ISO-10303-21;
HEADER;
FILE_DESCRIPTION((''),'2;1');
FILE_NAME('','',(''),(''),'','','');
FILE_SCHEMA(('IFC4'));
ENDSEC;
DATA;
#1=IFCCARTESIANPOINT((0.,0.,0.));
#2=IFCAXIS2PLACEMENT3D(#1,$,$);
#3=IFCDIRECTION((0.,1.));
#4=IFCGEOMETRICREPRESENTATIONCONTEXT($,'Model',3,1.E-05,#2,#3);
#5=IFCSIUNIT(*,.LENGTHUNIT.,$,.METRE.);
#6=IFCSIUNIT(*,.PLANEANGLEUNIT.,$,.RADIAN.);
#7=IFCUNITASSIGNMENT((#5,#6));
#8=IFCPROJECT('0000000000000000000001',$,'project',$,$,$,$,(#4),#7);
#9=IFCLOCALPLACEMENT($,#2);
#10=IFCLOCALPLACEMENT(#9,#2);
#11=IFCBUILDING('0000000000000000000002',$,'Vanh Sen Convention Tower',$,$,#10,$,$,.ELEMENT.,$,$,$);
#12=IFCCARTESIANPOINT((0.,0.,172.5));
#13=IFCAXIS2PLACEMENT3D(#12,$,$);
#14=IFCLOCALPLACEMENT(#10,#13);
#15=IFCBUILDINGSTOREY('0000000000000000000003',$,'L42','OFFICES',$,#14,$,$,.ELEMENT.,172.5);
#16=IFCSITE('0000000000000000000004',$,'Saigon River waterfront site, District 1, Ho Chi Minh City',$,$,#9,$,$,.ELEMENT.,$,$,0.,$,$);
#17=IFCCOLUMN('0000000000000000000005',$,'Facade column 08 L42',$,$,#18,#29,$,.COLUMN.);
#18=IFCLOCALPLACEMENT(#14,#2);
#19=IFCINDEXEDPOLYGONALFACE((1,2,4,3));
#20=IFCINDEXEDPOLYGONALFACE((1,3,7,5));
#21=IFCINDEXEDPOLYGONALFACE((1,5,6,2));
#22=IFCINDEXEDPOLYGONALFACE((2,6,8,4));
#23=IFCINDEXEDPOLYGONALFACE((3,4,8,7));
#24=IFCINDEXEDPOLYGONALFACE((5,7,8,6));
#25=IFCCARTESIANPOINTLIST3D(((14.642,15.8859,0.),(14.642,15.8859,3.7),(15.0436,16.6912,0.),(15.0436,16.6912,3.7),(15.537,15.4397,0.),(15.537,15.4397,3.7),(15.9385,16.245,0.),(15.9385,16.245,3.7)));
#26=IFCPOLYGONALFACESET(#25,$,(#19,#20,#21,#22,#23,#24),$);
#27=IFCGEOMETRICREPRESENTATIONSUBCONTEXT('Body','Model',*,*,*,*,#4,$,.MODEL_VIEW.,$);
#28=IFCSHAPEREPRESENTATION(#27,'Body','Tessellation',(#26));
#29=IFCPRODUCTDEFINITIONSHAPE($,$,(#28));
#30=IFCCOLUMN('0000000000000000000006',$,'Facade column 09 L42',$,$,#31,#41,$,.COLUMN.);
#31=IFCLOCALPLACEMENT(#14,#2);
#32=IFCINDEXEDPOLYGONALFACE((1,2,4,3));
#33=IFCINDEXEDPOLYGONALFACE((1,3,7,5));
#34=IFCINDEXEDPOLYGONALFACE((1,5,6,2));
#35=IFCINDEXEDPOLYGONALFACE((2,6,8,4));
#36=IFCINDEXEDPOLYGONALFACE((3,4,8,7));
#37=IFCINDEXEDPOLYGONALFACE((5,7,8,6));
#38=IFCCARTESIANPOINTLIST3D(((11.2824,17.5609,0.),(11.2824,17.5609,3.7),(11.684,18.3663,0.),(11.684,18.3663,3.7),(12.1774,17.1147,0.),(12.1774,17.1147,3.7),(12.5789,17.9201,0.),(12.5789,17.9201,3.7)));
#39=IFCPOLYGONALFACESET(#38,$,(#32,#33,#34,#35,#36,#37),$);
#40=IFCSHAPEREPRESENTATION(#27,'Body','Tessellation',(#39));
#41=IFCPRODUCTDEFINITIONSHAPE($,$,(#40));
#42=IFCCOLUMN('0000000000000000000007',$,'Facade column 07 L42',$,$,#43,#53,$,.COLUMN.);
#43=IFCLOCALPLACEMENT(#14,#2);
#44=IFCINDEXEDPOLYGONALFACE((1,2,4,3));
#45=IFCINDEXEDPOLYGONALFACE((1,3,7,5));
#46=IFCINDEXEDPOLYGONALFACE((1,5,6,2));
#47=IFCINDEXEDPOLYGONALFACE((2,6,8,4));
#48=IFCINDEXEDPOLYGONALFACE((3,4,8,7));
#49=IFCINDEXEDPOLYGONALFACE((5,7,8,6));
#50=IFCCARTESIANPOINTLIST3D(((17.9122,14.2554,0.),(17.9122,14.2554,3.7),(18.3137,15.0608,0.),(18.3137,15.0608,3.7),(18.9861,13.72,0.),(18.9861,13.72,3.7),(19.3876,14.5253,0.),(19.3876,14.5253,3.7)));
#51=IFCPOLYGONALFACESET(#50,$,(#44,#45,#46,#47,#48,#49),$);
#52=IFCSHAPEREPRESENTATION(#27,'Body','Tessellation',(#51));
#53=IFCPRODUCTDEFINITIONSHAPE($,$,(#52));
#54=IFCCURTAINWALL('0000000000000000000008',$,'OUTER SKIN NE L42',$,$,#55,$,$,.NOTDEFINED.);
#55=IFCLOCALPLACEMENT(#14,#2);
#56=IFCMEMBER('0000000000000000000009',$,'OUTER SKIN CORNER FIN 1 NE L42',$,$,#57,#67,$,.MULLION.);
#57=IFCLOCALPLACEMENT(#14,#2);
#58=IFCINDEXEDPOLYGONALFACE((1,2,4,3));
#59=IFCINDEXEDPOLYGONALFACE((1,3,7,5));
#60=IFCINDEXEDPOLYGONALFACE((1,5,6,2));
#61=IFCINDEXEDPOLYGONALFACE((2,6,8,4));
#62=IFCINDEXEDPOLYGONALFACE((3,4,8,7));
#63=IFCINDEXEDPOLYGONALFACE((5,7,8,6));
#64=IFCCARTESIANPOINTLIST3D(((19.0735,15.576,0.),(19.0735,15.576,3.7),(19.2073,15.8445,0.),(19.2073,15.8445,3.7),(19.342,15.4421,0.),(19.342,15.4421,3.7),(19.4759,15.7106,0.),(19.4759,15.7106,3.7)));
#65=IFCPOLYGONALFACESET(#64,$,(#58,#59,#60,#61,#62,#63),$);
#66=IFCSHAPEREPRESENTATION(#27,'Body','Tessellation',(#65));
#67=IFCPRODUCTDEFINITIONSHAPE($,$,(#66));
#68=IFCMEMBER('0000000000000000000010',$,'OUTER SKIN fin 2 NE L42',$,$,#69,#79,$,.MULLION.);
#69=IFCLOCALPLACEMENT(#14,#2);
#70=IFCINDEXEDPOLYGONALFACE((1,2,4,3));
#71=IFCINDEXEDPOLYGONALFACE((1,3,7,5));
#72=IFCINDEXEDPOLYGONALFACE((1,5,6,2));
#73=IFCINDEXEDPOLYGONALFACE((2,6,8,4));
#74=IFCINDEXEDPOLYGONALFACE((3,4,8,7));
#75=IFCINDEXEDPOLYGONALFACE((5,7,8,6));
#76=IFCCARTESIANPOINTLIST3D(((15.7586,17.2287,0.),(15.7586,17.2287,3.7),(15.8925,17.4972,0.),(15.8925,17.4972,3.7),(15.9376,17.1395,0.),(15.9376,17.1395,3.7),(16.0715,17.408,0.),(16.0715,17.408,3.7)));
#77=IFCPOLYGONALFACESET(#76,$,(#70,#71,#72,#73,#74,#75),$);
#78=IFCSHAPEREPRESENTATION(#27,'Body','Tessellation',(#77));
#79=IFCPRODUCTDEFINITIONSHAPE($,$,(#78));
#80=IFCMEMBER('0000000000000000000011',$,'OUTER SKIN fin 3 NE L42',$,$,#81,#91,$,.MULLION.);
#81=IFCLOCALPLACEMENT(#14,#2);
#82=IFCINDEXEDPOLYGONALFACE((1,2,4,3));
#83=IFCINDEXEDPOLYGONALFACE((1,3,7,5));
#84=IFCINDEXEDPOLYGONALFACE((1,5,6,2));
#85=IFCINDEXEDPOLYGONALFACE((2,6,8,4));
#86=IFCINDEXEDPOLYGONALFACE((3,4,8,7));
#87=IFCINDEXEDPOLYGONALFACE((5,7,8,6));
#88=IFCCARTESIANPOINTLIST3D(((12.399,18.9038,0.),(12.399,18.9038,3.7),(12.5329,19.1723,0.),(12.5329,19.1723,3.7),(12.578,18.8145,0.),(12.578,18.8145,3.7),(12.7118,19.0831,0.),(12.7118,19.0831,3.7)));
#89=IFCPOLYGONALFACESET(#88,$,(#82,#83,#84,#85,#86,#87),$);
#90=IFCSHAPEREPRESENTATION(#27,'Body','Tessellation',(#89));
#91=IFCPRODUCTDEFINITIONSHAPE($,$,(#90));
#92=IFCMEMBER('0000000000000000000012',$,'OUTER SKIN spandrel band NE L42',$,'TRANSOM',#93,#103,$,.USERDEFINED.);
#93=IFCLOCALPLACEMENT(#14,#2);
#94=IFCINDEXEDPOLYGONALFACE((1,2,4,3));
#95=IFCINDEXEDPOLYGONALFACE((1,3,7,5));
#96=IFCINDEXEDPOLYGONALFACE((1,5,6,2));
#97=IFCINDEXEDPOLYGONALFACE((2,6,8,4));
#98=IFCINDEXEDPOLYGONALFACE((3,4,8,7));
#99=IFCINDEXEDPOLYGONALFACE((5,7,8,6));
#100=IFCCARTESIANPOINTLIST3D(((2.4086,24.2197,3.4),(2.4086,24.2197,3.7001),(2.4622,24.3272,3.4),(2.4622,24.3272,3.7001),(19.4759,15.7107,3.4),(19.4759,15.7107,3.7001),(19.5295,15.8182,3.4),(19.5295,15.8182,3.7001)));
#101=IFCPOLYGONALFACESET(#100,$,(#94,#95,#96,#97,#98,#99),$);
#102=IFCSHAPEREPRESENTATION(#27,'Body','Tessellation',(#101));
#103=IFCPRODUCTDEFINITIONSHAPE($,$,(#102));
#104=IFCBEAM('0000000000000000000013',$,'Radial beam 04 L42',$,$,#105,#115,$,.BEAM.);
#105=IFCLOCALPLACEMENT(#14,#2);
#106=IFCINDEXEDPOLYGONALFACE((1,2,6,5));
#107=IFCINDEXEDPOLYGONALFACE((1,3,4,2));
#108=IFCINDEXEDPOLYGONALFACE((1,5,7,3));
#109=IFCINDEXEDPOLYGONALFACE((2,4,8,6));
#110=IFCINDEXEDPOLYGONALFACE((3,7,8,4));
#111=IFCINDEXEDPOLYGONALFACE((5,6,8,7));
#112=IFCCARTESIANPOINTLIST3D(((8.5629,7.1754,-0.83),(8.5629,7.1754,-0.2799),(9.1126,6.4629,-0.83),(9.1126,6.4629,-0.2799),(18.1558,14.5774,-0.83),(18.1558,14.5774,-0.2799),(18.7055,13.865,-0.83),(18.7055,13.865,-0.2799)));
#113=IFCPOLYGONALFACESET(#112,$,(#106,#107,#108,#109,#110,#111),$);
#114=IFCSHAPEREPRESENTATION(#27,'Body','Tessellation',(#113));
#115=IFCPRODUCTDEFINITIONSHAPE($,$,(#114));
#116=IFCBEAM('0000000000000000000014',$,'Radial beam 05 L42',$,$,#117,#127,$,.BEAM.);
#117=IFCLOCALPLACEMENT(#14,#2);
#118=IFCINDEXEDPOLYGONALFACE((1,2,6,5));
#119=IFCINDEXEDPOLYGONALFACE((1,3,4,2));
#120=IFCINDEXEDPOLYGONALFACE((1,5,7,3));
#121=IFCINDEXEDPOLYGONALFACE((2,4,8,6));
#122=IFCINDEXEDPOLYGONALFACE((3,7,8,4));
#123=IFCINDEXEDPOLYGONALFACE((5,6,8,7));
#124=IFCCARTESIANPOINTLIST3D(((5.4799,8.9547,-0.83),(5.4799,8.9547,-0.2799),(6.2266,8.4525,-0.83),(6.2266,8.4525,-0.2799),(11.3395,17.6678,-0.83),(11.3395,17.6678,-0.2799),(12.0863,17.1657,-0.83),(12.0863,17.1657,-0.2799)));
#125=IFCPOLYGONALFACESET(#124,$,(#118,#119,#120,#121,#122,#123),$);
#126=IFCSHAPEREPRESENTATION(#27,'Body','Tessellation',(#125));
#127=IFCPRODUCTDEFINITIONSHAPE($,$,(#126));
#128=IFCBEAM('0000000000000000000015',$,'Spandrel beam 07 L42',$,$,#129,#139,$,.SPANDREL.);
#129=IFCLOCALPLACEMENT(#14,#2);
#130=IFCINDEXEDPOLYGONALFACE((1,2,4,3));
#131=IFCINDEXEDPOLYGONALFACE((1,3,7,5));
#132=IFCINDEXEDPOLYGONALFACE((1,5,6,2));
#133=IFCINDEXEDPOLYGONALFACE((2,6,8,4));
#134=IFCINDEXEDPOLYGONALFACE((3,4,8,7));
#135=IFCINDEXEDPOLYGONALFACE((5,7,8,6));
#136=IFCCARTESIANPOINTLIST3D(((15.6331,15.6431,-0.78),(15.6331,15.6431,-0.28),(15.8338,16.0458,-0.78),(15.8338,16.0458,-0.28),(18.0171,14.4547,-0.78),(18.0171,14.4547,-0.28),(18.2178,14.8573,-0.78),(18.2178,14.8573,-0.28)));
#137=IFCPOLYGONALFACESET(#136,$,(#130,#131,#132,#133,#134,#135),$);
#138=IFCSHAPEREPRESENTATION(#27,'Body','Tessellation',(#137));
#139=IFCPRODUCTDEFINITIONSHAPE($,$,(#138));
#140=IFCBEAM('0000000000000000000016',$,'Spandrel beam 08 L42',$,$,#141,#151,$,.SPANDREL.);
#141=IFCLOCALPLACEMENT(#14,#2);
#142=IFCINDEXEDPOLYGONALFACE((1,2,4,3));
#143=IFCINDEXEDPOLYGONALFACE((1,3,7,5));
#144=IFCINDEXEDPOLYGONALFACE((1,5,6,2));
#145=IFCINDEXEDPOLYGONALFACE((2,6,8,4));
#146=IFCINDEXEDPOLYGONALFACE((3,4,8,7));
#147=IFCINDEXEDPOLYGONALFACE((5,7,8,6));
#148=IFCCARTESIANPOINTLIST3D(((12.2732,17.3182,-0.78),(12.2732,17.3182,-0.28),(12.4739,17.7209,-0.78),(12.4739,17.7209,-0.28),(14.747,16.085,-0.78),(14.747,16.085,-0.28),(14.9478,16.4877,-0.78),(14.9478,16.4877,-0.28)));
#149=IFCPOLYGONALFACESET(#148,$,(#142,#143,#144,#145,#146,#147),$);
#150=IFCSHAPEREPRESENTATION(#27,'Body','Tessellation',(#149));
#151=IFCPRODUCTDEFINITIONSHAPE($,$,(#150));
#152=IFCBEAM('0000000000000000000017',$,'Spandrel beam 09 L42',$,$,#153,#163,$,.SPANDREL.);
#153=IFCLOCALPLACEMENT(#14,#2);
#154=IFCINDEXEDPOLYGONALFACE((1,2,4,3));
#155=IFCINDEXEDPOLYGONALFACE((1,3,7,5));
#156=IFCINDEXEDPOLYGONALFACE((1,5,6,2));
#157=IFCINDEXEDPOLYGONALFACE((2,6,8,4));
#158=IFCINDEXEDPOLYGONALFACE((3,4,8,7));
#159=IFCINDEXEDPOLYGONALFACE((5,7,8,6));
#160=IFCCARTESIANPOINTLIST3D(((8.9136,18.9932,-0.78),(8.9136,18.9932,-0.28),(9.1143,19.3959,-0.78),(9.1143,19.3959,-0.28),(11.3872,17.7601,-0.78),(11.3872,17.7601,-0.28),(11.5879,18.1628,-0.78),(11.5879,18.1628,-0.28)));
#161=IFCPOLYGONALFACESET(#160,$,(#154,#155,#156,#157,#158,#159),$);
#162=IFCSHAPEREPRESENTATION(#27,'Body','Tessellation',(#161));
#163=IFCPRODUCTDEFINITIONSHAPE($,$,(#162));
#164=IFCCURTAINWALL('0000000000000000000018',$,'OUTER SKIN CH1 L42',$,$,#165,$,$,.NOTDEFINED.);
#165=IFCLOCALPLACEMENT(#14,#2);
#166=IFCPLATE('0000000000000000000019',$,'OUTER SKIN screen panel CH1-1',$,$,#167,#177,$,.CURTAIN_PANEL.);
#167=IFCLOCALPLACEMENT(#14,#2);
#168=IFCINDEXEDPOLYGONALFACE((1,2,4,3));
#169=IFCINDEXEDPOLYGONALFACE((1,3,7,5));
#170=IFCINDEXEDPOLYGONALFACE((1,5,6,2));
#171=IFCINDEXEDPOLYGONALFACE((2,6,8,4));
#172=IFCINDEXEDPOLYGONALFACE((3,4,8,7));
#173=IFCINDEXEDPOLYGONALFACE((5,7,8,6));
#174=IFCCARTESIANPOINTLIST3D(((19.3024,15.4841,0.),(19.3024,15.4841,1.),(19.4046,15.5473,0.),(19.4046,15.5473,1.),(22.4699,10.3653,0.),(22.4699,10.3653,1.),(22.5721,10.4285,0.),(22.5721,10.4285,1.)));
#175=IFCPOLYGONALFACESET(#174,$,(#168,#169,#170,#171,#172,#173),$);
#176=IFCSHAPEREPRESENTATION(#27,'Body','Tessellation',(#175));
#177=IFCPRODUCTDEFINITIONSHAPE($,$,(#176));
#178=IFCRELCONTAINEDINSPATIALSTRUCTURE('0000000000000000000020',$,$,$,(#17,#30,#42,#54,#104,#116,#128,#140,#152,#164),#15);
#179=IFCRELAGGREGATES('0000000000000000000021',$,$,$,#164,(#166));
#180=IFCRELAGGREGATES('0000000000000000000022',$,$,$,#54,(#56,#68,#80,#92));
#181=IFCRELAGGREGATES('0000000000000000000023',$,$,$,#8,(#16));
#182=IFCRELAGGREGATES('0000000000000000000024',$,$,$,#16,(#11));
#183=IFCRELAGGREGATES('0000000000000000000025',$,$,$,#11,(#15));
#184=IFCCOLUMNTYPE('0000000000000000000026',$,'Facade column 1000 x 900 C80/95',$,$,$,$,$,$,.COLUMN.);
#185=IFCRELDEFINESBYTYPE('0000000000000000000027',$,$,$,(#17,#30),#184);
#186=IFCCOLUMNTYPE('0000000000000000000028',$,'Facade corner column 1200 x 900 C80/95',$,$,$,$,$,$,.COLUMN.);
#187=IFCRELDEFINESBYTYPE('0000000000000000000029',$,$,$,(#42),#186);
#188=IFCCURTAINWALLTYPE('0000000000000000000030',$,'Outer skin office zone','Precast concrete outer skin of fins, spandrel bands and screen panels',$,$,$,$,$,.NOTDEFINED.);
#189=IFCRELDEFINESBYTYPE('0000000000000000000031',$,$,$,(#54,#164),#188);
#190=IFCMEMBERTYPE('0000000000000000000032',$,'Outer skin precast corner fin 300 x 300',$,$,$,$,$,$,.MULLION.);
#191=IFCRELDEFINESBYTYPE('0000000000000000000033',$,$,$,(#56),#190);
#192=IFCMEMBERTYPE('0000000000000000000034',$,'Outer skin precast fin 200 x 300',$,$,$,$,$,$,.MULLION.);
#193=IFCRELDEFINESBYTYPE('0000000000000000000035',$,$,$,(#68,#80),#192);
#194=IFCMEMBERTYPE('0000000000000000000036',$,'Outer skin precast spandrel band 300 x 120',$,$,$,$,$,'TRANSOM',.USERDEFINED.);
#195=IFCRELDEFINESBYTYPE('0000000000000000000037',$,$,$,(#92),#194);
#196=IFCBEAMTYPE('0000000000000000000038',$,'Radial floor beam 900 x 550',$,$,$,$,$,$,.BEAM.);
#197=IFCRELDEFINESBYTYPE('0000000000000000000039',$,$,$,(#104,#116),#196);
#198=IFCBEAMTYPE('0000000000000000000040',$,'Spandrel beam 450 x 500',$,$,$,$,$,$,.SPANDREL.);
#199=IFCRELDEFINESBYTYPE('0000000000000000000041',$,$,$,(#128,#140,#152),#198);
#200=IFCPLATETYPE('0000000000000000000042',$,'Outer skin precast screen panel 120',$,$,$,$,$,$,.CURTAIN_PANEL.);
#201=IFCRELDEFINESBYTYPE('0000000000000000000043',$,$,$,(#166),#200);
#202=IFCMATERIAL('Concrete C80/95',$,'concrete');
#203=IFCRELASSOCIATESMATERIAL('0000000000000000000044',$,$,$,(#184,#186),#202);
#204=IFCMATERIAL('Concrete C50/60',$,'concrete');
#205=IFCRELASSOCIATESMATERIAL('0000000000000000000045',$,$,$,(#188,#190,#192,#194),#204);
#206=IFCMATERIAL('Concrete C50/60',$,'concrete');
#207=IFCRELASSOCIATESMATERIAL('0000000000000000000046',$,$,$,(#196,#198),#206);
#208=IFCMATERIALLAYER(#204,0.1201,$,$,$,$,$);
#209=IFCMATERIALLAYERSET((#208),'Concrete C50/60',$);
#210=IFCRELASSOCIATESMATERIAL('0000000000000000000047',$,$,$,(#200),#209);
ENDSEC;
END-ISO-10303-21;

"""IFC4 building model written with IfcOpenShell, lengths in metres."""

from ifc_helpers import new_model, si_unit, direction, frame, origin, origin_2d, place, context, subcontext, project, spatial, rectangle, extrude, material, layer, layer_set, material_profile, profile_set, type_object, element, aggregate, save


model = new_model("IFC4")

# Units and contexts
model_context = context("Model", 3, precision=1e-05, world=origin(), true_north=direction((0.0, 1.0)))
body_context = subcontext(model_context, "Body", "Model", "MODEL_VIEW")
ifc_project = project(units=[si_unit("LENGTHUNIT", "METRE"), si_unit("PLANEANGLEUNIT", "RADIAN")], contexts=[model_context])

# Site, building, storey
site_placement = place(None, origin())
site = spatial("IfcSite", under=ifc_project, at=site_placement, Name="Saigon River waterfront site, District 1, Ho Chi Minh City", CompositionType="ELEMENT", RefElevation=0.0)
building_placement = place(site_placement, origin())
building = spatial("IfcBuilding", under=site, at=building_placement, Name="Vanh Sen Convention Tower", CompositionType="ELEMENT")
storey_placement = place(building_placement, frame((0.0, 0.0, 172.5)))
storey = spatial("IfcBuildingStorey", under=building, at=storey_placement, Name="L42", Description="OFFICES", CompositionType="ELEMENT", Elevation=172.5)

# Columns
ifc_material_1 = material(Name="Concrete C80/95", Category="concrete")
ifc_material_profile_1 = material_profile(ifc_material_1, rectangle(XDim=1.0, YDim=0.8999, at=origin_2d()), Name="RC 1000X900")
ifc_profile_set_1 = profile_set([ifc_material_profile_1], Name="Concrete C80/95")
column_type_1 = type_object("IfcColumnType", Name="Facade column 1000 x 900 C80/95", PredefinedType="COLUMN", material=ifc_profile_set_1)
for number, where, z_axis, x_axis, name in (
    (1, (15.2903, 16.0654, 0.0), (0.0, 0.0, 1.0), (-0.894934, 0.446198, 0.0), "Facade column 08 L42"),
    (2, (11.9307, 17.7405, 0.0), (0.0, 0.0, 1.0), (-0.894934, 0.446198, 0.0), "Facade column 09 L42"),
):
    element("IfcColumn", number, at=place(storey_placement, frame(where, z_axis=z_axis, x_axis=x_axis)), inside=storey, type_object=column_type_1, Name=name, PredefinedType="COLUMN", context=body_context, shape_type="SweptSolid", body=[
        extrude(rectangle(XDim=1.0, YDim=0.8999, at=origin_2d()), origin(), (0.0, 0.0, 1.0), 3.7),
    ])
ifc_material_profile_2 = material_profile(ifc_material_1, rectangle(XDim=1.2, YDim=0.8999, at=origin_2d()), Name="RC 1200X900")
ifc_profile_set_2 = profile_set([ifc_material_profile_2], Name="Concrete C80/95")
column_type_2 = type_object("IfcColumnType", Name="Facade corner column 1200 x 900 C80/95", PredefinedType="COLUMN", material=ifc_profile_set_2)
column_placement = place(storey_placement, frame((18.6499, 14.3904, 0.0), z_axis=(0.0, 0.0, 1.0), x_axis=(-0.894934, 0.446198, 0.0)))
element("IfcColumn", 3, at=column_placement, inside=storey, type_object=column_type_2, Name="Facade column 07 L42", PredefinedType="COLUMN", context=body_context, shape_type="SweptSolid", body=[
    extrude(rectangle(XDim=1.2, YDim=0.8999, at=origin_2d()), origin(), (0.0, 0.0, 1.0), 3.7),
])

# Curtain wall, members
ifc_material_2 = material(Name="Concrete C50/60", Category="concrete")
curtain_wall_type = type_object("IfcCurtainWallType", Name="Outer skin office zone", Description="Precast concrete outer skin of fins, spandrel bands and screen panels", PredefinedType="NOTDEFINED", material=ifc_material_2)
curtain_wall_1_placement = place(storey_placement, origin())
curtain_wall_1 = element("IfcCurtainWall", 4, at=curtain_wall_1_placement, inside=storey, type_object=curtain_wall_type, Name="OUTER SKIN NE L42", PredefinedType="NOTDEFINED")
ifc_material_profile_3 = material_profile(ifc_material_2, rectangle(XDim=0.3, YDim=0.3, at=origin_2d()), Name="Outer skin precast corner fin 300 x 300")
ifc_profile_set_3 = profile_set([ifc_material_profile_3], Name="Concrete C50/60")
member_type_1 = type_object("IfcMemberType", Name="Outer skin precast corner fin 300 x 300", PredefinedType="MULLION", material=ifc_profile_set_3)
member_1_placement = place(storey_placement, frame((19.2747, 15.6433, 0.0), z_axis=(0.0, 0.0, 1.0), x_axis=(-0.894934, 0.446198, 0.0)))
member_1 = element("IfcMember", 5, at=member_1_placement, type_object=member_type_1, Name="OUTER SKIN CORNER FIN 1 NE L42", PredefinedType="MULLION", context=body_context, shape_type="SweptSolid", body=[
    extrude(rectangle(XDim=0.3, YDim=0.3, at=origin_2d()), origin(), (0.0, 0.0, 1.0), 3.7),
])
ifc_material_profile_4 = material_profile(ifc_material_2, rectangle(XDim=0.2, YDim=0.3, at=origin_2d()), Name="Outer skin precast fin 200 x 300")
ifc_profile_set_4 = profile_set([ifc_material_profile_4], Name="Concrete C50/60")
member_type_2 = type_object("IfcMemberType", Name="Outer skin precast fin 200 x 300", PredefinedType="MULLION", material=ifc_profile_set_4)
member_2_placement = place(storey_placement, frame((15.915, 17.3184, 0.0), z_axis=(0.0, 0.0, 1.0), x_axis=(-0.894934, 0.446198, 0.0)))
member_2 = element("IfcMember", 6, at=member_2_placement, type_object=member_type_2, Name="OUTER SKIN fin 2 NE L42", PredefinedType="MULLION", context=body_context, shape_type="SweptSolid", body=[
    extrude(rectangle(XDim=0.2, YDim=0.3, at=origin_2d()), origin(), (0.0, 0.0, 1.0), 3.7),
])
member_3_placement = place(storey_placement, frame((12.5554, 18.9934, 0.0), z_axis=(0.0, 0.0, 1.0), x_axis=(-0.894934, 0.446198, 0.0)))
member_3 = element("IfcMember", 7, at=member_3_placement, type_object=member_type_2, Name="OUTER SKIN fin 3 NE L42", PredefinedType="MULLION", context=body_context, shape_type="SweptSolid", body=[
    extrude(rectangle(XDim=0.2, YDim=0.3, at=origin_2d()), origin(), (0.0, 0.0, 1.0), 3.7),
])
ifc_material_profile_5 = material_profile(ifc_material_2, rectangle(XDim=0.1201, YDim=0.3, at=origin_2d()), Name="Outer skin precast spandrel band 300 x 120")
ifc_profile_set_5 = profile_set([ifc_material_profile_5], Name="Concrete C50/60")
member_type_3 = type_object("IfcMemberType", Name="Outer skin precast spandrel band 300 x 120", ElementType="TRANSOM", PredefinedType="USERDEFINED", material=ifc_profile_set_5)
member_4_placement = place(storey_placement, frame((19.5027, 15.7644, 3.55), z_axis=(-0.894941, 0.446184, 0.0), x_axis=(-0.446184, -0.894941, 0.0)))
member_4 = element("IfcMember", 8, at=member_4_placement, type_object=member_type_3, Name="OUTER SKIN spandrel band NE L42", ObjectType="TRANSOM", PredefinedType="USERDEFINED", context=body_context, shape_type="SweptSolid", body=[
    extrude(rectangle(XDim=0.1201, YDim=0.3, at=origin_2d()), origin(), (0.0, 0.0, 1.0), 19.0708),
])

# Beams
ifc_material_3 = material(Name="Concrete C50/60", Category="concrete")
ifc_material_profile_6 = material_profile(ifc_material_3, rectangle(XDim=0.8999, YDim=0.55, at=origin_2d()), Name="RC 900X550")
ifc_profile_set_6 = profile_set([ifc_material_profile_6], Name="Concrete C50/60")
beam_type_1 = type_object("IfcBeamType", Name="Radial floor beam 900 x 550", PredefinedType="BEAM", material=ifc_profile_set_6)
beam_1_placement = place(storey_placement, frame((18.4307, 14.2212, -0.5549), z_axis=(-0.791712, -0.610895, 0.0), x_axis=(0.610895, -0.791712, 0.0)))
element("IfcBeam", 9, at=beam_1_placement, inside=storey, type_object=beam_type_1, Name="Radial beam 04 L42", PredefinedType="BEAM", context=body_context, shape_type="SweptSolid", body=[
    extrude(rectangle(XDim=0.8999, YDim=0.55, at=origin_2d()), origin(), (0.0, 0.0, 1.0), 12.1167),
])
beam_2_placement = place(storey_placement, frame((11.7129, 17.4167, -0.5549), z_axis=(-0.558049, -0.829808, 0.0), x_axis=(0.829808, -0.558049, 0.0)))
element("IfcBeam", 10, at=beam_2_placement, inside=storey, type_object=beam_type_1, Name="Radial beam 05 L42", PredefinedType="BEAM", context=body_context, shape_type="SweptSolid", body=[
    extrude(rectangle(XDim=0.8999, YDim=0.55, at=origin_2d()), origin(), (0.0, 0.0, 1.0), 10.5002),
])
ifc_material_profile_7 = material_profile(ifc_material_3, rectangle(XDim=0.45, YDim=0.5, at=origin_2d()), Name="RC 450X500")
ifc_profile_set_7 = profile_set([ifc_material_profile_7], Name="Concrete C50/60")
beam_type_2 = type_object("IfcBeamType", Name="Spandrel beam 450 x 500", PredefinedType="SPANDREL", material=ifc_profile_set_7)
beam_3_placement = place(storey_placement, frame((18.1174, 14.656, -0.53), z_axis=(-0.894958, 0.44615, 0.0), x_axis=(-0.44615, -0.894958, 0.0)))
element("IfcBeam", 11, at=beam_3_placement, inside=storey, type_object=beam_type_2, Name="Spandrel beam 07 L42", PredefinedType="SPANDREL", context=body_context, shape_type="SweptSolid", body=[
    extrude(rectangle(XDim=0.45, YDim=0.5, at=origin_2d()), origin(), (0.0, 0.0, 1.0), 2.6638),
])
beam_4_placement = place(storey_placement, frame((14.8474, 16.2864, -0.53), z_axis=(-0.894974, 0.446118, 0.0), x_axis=(-0.446118, -0.894974, 0.0)))
element("IfcBeam", 12, at=beam_4_placement, inside=storey, type_object=beam_type_2, Name="Spandrel beam 08 L42", PredefinedType="SPANDREL", context=body_context, shape_type="SweptSolid", body=[
    extrude(rectangle(XDim=0.45, YDim=0.5, at=origin_2d()), origin(), (0.0, 0.0, 1.0), 2.7642),
])
beam_5_placement = place(storey_placement, frame((11.4875, 17.9614, -0.53), z_axis=(-0.894957, 0.446153, 0.0), x_axis=(-0.446153, -0.894957, 0.0)))
element("IfcBeam", 13, at=beam_5_placement, inside=storey, type_object=beam_type_2, Name="Spandrel beam 09 L42", PredefinedType="SPANDREL", context=body_context, shape_type="SweptSolid", body=[
    extrude(rectangle(XDim=0.45, YDim=0.5, at=origin_2d()), origin(), (0.0, 0.0, 1.0), 2.7639),
])

# Curtain wall, plate
curtain_wall_2_placement = place(storey_placement, origin())
curtain_wall_2 = element("IfcCurtainWall", 14, at=curtain_wall_2_placement, inside=storey, type_object=curtain_wall_type, Name="OUTER SKIN CH1 L42", PredefinedType="NOTDEFINED")
ifc_layer_1 = layer(ifc_material_2, 0.1201)
ifc_layer_set_1 = layer_set([ifc_layer_1], Name="Concrete C50/60")
plate_type = type_object("IfcPlateType", Name="Outer skin precast screen panel 120", PredefinedType="CURTAIN_PANEL", material=ifc_layer_set_1)
plate_1_placement = place(storey_placement, frame((20.9373, 12.9563, 0.0), z_axis=(0.0, 0.0, 1.0), x_axis=(-0.526204, 0.850359, 0.0)))
plate_1 = element("IfcPlate", 15, at=plate_1_placement, type_object=plate_type, Name="OUTER SKIN screen panel CH1-1", PredefinedType="CURTAIN_PANEL", context=body_context, shape_type="SweptSolid", body=[
    extrude(rectangle(XDim=6.0195, YDim=0.1201, at=origin_2d()), origin(), (0.0, 0.0, 1.0), 1.0),
])
aggregate(curtain_wall_2, [plate_1])

aggregate(curtain_wall_1, [member_1, member_2, member_3, member_4])

save(model, "model.ifc")
